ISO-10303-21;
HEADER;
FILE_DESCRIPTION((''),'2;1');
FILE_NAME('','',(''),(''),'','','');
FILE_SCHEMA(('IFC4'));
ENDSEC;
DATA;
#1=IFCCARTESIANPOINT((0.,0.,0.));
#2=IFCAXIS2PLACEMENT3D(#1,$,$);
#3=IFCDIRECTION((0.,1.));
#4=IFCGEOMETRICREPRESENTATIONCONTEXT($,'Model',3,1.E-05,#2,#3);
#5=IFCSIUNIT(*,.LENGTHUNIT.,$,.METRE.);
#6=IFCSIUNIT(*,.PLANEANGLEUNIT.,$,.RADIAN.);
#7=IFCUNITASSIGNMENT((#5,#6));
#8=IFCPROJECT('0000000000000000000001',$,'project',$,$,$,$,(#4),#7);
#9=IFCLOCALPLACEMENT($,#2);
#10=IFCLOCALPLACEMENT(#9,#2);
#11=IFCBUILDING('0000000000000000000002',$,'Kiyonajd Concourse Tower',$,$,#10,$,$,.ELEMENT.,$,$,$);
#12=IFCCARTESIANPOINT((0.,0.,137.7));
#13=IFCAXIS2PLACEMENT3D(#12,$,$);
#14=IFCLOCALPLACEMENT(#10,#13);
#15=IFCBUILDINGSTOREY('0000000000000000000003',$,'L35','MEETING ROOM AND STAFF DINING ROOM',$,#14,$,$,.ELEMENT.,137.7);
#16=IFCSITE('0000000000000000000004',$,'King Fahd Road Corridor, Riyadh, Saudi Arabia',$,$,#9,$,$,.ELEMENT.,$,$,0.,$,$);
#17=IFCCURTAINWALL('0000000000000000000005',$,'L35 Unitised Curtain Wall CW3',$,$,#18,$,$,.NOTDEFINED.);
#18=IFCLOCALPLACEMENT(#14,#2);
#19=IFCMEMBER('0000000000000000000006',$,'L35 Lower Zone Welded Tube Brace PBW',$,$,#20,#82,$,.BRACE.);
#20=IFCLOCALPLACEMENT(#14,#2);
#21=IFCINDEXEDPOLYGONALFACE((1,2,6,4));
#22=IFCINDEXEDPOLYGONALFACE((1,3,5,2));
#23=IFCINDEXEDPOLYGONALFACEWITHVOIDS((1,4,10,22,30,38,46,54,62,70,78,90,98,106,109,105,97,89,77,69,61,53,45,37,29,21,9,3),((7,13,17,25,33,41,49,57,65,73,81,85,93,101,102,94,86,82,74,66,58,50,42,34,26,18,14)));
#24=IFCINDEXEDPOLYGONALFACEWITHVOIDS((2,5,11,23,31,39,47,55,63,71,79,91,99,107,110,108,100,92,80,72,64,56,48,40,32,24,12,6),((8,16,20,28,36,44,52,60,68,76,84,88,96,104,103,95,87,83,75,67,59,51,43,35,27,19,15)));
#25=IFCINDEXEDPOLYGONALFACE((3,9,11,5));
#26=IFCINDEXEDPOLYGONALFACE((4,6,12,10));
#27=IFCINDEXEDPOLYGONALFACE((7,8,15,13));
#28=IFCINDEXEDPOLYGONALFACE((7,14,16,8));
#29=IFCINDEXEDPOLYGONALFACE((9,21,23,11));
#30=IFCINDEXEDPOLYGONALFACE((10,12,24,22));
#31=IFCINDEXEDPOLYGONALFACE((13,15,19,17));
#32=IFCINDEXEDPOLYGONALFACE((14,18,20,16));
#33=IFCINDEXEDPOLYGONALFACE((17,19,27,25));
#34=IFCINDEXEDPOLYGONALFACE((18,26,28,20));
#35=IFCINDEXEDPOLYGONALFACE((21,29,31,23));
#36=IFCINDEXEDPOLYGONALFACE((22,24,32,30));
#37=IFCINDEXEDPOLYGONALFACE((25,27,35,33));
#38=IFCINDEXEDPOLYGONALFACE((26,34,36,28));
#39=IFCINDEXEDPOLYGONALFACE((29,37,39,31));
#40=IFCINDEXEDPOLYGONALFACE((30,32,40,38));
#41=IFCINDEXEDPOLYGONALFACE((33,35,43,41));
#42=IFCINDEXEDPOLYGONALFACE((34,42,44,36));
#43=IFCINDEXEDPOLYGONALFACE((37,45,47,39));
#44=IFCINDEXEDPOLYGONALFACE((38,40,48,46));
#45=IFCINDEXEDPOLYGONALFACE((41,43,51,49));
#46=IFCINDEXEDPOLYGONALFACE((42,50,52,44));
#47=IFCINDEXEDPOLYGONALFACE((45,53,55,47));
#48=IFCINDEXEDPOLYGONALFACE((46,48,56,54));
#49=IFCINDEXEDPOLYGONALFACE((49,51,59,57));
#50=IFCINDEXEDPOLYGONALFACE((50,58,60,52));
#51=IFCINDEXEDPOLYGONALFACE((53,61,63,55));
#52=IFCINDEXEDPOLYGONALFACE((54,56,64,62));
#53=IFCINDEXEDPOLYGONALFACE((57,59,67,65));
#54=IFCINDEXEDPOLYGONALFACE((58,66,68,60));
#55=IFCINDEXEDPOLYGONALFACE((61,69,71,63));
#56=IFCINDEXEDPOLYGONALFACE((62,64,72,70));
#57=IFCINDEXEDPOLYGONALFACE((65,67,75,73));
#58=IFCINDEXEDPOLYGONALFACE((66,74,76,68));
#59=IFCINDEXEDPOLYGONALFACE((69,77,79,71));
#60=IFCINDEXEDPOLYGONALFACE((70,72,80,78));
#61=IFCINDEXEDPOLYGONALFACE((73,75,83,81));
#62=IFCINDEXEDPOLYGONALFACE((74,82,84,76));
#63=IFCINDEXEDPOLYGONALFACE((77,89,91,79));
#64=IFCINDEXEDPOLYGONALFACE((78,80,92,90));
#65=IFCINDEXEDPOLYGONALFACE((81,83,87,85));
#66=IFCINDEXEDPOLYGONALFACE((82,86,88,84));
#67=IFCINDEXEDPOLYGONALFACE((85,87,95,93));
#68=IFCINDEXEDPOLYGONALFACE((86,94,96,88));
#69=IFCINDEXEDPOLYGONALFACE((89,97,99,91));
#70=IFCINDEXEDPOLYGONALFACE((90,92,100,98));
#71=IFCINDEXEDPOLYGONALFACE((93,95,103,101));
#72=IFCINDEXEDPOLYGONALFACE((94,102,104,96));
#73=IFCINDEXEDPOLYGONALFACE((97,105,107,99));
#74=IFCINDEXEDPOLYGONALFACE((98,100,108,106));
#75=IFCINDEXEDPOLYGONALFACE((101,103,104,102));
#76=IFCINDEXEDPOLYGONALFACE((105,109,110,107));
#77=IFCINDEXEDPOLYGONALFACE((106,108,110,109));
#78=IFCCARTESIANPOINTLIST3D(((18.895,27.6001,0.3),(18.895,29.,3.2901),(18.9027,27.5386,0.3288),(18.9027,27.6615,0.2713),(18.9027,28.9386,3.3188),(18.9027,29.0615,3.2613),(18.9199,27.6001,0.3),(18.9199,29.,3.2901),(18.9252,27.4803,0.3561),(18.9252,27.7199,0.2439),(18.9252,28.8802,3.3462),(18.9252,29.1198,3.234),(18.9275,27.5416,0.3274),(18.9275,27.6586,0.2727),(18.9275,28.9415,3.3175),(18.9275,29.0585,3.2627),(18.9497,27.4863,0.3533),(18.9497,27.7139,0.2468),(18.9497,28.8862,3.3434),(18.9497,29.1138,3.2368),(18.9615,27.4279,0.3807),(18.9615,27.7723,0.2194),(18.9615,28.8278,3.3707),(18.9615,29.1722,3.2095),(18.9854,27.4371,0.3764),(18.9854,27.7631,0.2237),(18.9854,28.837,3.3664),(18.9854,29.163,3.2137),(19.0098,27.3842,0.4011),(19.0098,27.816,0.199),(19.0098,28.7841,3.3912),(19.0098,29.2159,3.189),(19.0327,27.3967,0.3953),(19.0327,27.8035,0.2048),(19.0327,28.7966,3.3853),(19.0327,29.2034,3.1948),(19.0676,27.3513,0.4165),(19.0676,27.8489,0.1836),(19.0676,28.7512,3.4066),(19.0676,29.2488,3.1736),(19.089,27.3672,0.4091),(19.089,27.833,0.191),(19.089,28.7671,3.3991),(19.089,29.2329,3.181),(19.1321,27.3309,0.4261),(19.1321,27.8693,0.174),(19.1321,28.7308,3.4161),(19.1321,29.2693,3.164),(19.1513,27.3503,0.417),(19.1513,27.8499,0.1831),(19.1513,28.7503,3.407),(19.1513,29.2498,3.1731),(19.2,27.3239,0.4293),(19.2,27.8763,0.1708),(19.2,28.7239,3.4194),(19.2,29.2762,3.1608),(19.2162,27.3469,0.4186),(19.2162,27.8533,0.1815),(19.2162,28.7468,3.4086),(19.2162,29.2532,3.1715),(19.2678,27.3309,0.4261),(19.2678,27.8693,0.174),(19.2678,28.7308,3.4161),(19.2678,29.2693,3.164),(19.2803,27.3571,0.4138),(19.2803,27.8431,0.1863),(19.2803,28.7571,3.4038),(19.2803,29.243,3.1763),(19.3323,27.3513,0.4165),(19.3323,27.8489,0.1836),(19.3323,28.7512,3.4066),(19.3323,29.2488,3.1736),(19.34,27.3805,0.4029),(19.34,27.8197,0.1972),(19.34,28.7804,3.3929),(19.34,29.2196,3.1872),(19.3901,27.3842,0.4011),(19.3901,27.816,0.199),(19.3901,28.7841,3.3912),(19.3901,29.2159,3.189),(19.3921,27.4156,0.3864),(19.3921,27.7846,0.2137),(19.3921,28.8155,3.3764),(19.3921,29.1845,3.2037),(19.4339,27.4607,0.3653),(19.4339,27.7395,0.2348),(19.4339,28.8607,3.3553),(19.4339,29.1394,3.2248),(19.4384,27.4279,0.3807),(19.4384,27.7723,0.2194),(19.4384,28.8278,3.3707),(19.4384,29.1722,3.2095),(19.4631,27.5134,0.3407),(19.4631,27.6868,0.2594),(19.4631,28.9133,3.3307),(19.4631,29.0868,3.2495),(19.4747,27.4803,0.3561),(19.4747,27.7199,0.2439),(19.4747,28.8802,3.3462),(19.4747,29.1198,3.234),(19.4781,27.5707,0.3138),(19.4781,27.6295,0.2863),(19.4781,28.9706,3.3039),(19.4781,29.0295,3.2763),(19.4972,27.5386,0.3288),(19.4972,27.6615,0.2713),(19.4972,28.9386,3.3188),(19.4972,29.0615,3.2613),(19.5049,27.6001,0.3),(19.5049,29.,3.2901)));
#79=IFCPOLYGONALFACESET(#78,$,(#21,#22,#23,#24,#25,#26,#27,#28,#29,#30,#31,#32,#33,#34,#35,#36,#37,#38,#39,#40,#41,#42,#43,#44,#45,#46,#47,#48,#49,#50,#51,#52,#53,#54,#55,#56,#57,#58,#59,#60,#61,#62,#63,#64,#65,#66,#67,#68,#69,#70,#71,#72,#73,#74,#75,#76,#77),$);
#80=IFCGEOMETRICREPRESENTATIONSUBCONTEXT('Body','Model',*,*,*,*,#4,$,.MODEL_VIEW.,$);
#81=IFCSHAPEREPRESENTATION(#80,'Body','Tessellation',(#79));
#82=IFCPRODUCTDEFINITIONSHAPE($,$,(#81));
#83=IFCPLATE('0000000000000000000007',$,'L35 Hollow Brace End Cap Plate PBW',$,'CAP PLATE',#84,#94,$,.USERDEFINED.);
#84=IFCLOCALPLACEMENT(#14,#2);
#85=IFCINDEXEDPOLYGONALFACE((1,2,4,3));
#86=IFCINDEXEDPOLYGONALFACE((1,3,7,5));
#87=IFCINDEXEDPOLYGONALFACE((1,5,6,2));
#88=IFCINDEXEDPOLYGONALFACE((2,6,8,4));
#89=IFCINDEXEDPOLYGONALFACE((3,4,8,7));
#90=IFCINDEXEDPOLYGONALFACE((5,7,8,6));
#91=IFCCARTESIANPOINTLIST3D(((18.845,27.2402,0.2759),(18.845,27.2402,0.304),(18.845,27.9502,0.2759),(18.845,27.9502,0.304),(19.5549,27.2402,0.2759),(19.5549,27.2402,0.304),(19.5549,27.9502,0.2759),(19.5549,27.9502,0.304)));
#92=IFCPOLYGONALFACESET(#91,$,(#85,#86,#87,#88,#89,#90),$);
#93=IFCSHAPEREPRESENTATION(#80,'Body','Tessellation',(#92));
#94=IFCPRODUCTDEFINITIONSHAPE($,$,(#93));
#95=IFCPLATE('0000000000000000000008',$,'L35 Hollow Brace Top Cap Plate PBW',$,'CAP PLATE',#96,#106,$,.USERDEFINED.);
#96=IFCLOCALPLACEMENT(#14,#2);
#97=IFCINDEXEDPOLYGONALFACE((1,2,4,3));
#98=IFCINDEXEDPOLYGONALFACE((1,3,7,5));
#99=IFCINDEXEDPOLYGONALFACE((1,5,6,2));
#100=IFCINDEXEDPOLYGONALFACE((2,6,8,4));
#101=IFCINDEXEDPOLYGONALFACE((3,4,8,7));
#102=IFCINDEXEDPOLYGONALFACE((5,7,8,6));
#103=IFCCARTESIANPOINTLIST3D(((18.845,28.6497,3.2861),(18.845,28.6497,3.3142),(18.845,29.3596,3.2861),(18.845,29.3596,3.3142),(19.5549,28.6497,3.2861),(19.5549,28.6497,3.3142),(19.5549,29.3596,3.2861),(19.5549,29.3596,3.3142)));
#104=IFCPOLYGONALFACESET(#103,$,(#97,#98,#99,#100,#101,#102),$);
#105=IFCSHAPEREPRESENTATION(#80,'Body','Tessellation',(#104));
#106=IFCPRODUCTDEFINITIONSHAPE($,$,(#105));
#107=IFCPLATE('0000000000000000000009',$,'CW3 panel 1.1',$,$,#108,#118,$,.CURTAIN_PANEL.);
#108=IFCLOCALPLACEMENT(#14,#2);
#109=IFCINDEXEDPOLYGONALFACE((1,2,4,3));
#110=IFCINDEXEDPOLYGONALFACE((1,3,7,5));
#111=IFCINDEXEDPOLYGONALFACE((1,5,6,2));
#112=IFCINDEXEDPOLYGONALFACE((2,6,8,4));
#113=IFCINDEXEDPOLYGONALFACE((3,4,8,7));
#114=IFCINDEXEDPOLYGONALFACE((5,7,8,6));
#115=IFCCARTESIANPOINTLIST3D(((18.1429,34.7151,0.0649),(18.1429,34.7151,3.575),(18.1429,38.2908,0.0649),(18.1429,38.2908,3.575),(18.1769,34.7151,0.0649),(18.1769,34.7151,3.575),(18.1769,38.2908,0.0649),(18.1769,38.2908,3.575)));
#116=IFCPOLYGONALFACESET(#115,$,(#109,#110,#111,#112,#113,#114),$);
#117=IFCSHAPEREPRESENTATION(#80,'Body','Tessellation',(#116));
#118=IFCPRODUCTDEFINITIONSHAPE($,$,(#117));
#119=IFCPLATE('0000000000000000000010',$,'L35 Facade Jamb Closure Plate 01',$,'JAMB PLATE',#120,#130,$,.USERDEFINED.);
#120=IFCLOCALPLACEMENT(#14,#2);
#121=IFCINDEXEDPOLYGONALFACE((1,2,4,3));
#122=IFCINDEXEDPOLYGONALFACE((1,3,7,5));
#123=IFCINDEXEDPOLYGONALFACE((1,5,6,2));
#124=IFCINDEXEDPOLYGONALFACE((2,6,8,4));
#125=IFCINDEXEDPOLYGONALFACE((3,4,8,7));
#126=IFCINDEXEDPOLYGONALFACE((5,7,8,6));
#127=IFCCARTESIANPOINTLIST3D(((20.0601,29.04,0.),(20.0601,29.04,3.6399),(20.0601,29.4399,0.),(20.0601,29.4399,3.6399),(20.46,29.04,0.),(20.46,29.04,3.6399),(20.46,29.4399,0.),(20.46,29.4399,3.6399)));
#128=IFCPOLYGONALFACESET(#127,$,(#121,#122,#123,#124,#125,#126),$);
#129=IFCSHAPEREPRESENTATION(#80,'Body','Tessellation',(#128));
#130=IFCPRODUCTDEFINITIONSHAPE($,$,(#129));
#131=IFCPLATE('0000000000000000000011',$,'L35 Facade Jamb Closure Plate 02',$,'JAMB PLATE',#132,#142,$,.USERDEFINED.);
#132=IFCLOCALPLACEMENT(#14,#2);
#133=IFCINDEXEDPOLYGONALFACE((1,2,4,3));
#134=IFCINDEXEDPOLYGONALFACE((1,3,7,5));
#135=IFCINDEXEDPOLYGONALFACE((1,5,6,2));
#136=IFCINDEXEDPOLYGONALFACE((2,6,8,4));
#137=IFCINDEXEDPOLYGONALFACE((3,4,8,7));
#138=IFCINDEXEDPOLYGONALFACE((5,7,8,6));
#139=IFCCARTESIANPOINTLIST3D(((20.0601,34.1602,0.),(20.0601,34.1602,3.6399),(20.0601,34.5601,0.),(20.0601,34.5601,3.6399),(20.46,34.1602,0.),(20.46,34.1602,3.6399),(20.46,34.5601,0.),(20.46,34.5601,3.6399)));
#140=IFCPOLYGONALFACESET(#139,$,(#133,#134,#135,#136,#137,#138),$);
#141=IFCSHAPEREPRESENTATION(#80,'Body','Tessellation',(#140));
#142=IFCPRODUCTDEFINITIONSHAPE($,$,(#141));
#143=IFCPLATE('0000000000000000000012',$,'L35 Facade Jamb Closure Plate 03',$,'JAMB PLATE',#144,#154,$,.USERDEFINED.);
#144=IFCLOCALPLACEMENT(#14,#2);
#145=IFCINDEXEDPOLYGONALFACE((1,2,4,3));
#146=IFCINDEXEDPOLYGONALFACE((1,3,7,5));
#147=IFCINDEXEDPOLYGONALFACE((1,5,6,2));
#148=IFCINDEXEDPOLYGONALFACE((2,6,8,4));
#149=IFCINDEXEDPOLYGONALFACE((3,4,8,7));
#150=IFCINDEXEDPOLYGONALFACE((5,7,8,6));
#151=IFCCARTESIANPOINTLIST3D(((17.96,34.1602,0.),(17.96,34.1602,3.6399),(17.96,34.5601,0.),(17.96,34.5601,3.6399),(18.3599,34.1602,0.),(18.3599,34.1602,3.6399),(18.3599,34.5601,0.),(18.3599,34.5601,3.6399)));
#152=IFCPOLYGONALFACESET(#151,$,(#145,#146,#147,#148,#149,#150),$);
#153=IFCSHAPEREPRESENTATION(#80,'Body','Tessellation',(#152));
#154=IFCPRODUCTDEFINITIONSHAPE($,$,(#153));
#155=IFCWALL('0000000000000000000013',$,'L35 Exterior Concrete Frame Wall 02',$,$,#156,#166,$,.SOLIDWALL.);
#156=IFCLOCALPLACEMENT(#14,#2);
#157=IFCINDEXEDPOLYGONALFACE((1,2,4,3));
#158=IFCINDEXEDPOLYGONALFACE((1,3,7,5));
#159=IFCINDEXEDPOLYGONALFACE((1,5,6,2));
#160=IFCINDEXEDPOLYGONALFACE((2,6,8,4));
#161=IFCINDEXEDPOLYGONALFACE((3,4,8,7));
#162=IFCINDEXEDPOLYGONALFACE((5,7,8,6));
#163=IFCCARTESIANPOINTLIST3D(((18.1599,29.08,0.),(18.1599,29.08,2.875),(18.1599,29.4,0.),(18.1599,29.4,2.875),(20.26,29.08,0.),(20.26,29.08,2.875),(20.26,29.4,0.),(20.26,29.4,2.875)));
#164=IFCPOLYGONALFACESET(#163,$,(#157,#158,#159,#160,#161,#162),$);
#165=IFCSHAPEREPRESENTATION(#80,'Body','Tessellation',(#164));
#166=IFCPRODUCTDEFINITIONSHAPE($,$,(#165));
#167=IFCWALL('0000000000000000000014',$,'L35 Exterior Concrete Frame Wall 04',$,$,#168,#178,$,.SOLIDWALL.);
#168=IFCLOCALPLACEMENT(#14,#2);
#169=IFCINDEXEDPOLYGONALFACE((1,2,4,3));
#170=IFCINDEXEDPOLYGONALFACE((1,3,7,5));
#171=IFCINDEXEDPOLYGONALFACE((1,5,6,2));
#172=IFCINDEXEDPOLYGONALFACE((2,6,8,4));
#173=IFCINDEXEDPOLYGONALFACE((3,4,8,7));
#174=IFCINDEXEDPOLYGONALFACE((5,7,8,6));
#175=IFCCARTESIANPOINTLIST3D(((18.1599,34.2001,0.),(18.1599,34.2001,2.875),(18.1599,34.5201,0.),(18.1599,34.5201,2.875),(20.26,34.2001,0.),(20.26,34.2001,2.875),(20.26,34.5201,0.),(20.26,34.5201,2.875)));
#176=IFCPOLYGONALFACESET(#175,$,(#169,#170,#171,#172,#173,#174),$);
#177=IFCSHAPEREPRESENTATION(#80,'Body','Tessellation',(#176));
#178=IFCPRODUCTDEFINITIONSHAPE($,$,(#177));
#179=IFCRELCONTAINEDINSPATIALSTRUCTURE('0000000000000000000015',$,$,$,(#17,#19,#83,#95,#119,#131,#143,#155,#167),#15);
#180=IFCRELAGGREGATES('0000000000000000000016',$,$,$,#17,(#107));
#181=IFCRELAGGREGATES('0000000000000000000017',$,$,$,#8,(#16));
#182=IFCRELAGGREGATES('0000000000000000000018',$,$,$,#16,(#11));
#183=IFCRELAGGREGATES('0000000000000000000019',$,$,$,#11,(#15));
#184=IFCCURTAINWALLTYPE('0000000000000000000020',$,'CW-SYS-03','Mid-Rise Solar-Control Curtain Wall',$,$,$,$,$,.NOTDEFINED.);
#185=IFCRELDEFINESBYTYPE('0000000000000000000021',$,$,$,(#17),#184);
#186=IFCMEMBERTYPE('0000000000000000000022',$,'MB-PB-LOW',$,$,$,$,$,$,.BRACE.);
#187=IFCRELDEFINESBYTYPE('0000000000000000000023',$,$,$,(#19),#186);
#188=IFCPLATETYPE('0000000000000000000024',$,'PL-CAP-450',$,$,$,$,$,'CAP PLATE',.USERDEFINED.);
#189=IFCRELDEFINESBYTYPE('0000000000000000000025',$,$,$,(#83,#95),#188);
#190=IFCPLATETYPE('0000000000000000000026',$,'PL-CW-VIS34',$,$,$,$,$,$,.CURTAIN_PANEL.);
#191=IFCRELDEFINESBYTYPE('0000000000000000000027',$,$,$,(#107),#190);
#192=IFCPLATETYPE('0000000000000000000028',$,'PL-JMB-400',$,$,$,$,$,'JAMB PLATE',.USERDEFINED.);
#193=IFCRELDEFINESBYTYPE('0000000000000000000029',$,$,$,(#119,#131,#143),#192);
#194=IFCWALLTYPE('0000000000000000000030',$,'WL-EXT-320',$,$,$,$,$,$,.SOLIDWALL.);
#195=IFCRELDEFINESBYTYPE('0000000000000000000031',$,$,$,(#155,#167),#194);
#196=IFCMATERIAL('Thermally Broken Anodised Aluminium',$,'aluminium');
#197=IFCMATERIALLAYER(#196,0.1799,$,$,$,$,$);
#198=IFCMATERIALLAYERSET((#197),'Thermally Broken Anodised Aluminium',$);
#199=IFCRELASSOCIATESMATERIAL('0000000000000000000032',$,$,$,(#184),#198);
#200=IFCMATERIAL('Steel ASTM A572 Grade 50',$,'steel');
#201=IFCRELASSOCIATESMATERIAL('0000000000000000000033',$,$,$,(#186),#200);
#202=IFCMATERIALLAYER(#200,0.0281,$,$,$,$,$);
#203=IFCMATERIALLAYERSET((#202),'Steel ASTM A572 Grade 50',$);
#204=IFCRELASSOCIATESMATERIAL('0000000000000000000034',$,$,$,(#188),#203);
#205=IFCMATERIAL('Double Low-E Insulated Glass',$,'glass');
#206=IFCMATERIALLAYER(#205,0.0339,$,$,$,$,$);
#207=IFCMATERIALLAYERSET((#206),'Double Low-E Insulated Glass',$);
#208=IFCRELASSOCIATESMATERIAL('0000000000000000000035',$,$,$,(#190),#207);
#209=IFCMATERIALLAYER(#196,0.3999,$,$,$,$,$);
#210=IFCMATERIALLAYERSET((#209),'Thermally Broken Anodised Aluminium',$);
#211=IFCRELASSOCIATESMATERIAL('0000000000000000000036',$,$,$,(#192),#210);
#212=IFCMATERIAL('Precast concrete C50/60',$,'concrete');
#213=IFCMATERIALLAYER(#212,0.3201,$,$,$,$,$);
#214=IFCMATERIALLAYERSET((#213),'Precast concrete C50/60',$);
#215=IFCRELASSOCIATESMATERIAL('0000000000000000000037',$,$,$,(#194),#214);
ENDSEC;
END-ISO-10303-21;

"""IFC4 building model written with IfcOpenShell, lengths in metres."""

from ifc_helpers import new_model, si_unit, direction, frame, frame_2d, origin, origin_2d, place, context, subcontext, project, spatial, rectangle, hollow_circle, extrude, material, layer, layer_set, material_profile, profile_set, type_object, element, aggregate, save


model = new_model("IFC4")

# Units and contexts
model_context = context("Model", 3, precision=1e-05, world=origin(), true_north=direction((0.0, 1.0)))
body_context = subcontext(model_context, "Body", "Model", "MODEL_VIEW")
ifc_project = project(units=[si_unit("LENGTHUNIT", "METRE"), si_unit("PLANEANGLEUNIT", "RADIAN")], contexts=[model_context])

# Site, building, storey
site_placement = place(None, origin())
site = spatial("IfcSite", under=ifc_project, at=site_placement, Name="King Fahd Road Corridor, Riyadh, Saudi Arabia", CompositionType="ELEMENT", RefElevation=0.0)
building_placement = place(site_placement, origin())
building = spatial("IfcBuilding", under=site, at=building_placement, Name="Kiyonajd Concourse Tower", CompositionType="ELEMENT")
storey_placement = place(building_placement, frame((0.0, 0.0, 137.7)))
storey = spatial("IfcBuildingStorey", under=building, at=storey_placement, Name="L35", Description="MEETING ROOM AND STAFF DINING ROOM", CompositionType="ELEMENT", Elevation=137.7)

# Shared definitions
ifc_material_1 = material(Name="Precast concrete C50/60", Category="concrete")

# Curtain wall
ifc_material_2 = material(Name="Thermally Broken Anodised Aluminium", Category="aluminium")
ifc_layer_1 = layer(ifc_material_2, 0.1799)
ifc_layer_set_1 = layer_set([ifc_layer_1], Name="Thermally Broken Anodised Aluminium")
curtain_wall_type = type_object("IfcCurtainWallType", Name="CW-SYS-03", Description="Mid-Rise Solar-Control Curtain Wall", PredefinedType="NOTDEFINED", material=ifc_layer_set_1)
curtain_wall_placement = place(storey_placement, origin())
curtain_wall = element("IfcCurtainWall", 1, at=curtain_wall_placement, inside=storey, type_object=curtain_wall_type, Name="L35 Unitised Curtain Wall CW3", PredefinedType="NOTDEFINED")

# Member
ifc_material_3 = material(Name="Steel ASTM A572 Grade 50", Category="steel")
ifc_material_profile_1 = material_profile(ifc_material_3, hollow_circle(Radius=0.3049, WallThickness=0.0249, at=origin_2d()), Name="CHS-610x25")
ifc_profile_set_1 = profile_set([ifc_material_profile_1], Name="Steel ASTM A572 Grade 50")
member_type_1 = type_object("IfcMemberType", Name="MB-PB-LOW", PredefinedType="BRACE", material=ifc_profile_set_1)
member_1_placement = place(storey_placement, frame((19.2, 27.6001, 0.3), z_axis=(0.0, 0.424023, 0.905652), x_axis=(-1.0, 0.0, 0.0)))
element("IfcMember", 2, at=member_1_placement, inside=storey, type_object=member_type_1, Name="L35 Lower Zone Welded Tube Brace PBW", PredefinedType="BRACE", context=body_context, shape_type="SweptSolid", body=[
    extrude(hollow_circle(Radius=0.3049, WallThickness=0.0249, at=origin_2d()), origin(), (0.0, 0.0, 1.0), 3.3015),
])

# Plates
ifc_layer_2 = layer(ifc_material_3, 0.0281)
ifc_layer_set_2 = layer_set([ifc_layer_2], Name="Steel ASTM A572 Grade 50")
plate_type_1 = type_object("IfcPlateType", Name="PL-CAP-450", ElementType="CAP PLATE", PredefinedType="USERDEFINED", material=ifc_layer_set_2)
for number, where, z_axis, x_axis, name in (
    (3, (19.2, 27.5952, 0.2759), (0.0, 0.0, 1.0), (1.0, 0.0, 0.0), "L35 Hollow Brace End Cap Plate PBW"),
    (4, (19.2, 29.0046, 3.2861), (0.0, 0.0, 1.0), (1.0, 0.0, 0.0), "L35 Hollow Brace Top Cap Plate PBW"),
):
    element("IfcPlate", number, at=place(storey_placement, frame(where, z_axis=z_axis, x_axis=x_axis)), inside=storey, type_object=plate_type_1, Name=name, ObjectType="CAP PLATE", PredefinedType="USERDEFINED", context=body_context, shape_type="SweptSolid", body=[
        extrude(rectangle(XDim=0.71, YDim=0.71, at=origin_2d()), origin(), (0.0, 0.0, 1.0), 0.0281),
    ])

# Plate
ifc_material_4 = material(Name="Double Low-E Insulated Glass", Category="glass")
ifc_layer_3 = layer(ifc_material_4, 0.0339)
ifc_layer_set_3 = layer_set([ifc_layer_3], Name="Double Low-E Insulated Glass")
plate_type_2 = type_object("IfcPlateType", Name="PL-CW-VIS34", PredefinedType="CURTAIN_PANEL", material=ifc_layer_set_3)
plate_placement = place(storey_placement, frame((18.1599, 36.5029, 0.0649), z_axis=(0.0, 0.0, 1.0), x_axis=(0.0, 1.0, 0.0)))
plate = element("IfcPlate", 5, at=plate_placement, type_object=plate_type_2, Name="CW3 panel 1.1", PredefinedType="CURTAIN_PANEL", context=body_context, shape_type="SweptSolid", body=[
    extrude(rectangle(XDim=3.5757, YDim=0.0339, at=origin_2d()), origin(), (0.0, 0.0, 1.0), 3.51),
])
aggregate(curtain_wall, [plate])

# Plates
ifc_layer_4 = layer(ifc_material_2, 0.3999)
ifc_layer_set_4 = layer_set([ifc_layer_4], Name="Thermally Broken Anodised Aluminium")
plate_type_3 = type_object("IfcPlateType", Name="PL-JMB-400", ElementType="JAMB PLATE", PredefinedType="USERDEFINED", material=ifc_layer_set_4)
for number, where, z_axis, x_axis, name in (
    (6, (20.26, 29.24, 0.0), (0.0, 0.0, 1.0), (1.0, 0.0, 0.0), "L35 Facade Jamb Closure Plate 01"),
    (7, (20.26, 34.3601, 0.0), (0.0, 0.0, 1.0), (1.0, 0.0, 0.0), "L35 Facade Jamb Closure Plate 02"),
    (8, (18.1599, 34.3601, 0.0), (0.0, 0.0, 1.0), (1.0, 0.0, 0.0), "L35 Facade Jamb Closure Plate 03"),
):
    element("IfcPlate", number, at=place(storey_placement, frame(where, z_axis=z_axis, x_axis=x_axis)), inside=storey, type_object=plate_type_3, Name=name, ObjectType="JAMB PLATE", PredefinedType="USERDEFINED", context=body_context, shape_type="SweptSolid", body=[
        extrude(rectangle(XDim=0.3999, YDim=0.3999, at=origin_2d()), origin(), (0.0, 0.0, 1.0), 3.6399),
    ])

# Walls
ifc_layer_5 = layer(ifc_material_1, 0.3201)
ifc_layer_set_5 = layer_set([ifc_layer_5], Name="Precast concrete C50/60")
wall_type_1 = type_object("IfcWallType", Name="WL-EXT-320", PredefinedType="SOLIDWALL", material=ifc_layer_set_5)
for number, where, z_axis, x_axis, name in (
    (9, (18.1599, 29.24, 0.0), (0.0, 0.0, 1.0), (1.0, 0.0, 0.0), "L35 Exterior Concrete Frame Wall 02"),
    (10, (20.26, 34.3601, 0.0), (0.0, 0.0, 1.0), (-1.0, 0.0, 0.0), "L35 Exterior Concrete Frame Wall 04"),
):
    element("IfcWall", number, at=place(storey_placement, frame(where, z_axis=z_axis, x_axis=x_axis)), inside=storey, type_object=wall_type_1, Name=name, PredefinedType="SOLIDWALL", context=body_context, shape_type="SweptSolid", body=[
        extrude(rectangle(XDim=2.1001, YDim=0.3201, at=frame_2d((1.05, 0.0))), origin(), (0.0, 0.0, 1.0), 2.875),
    ])

save(model, "model.ifc")
